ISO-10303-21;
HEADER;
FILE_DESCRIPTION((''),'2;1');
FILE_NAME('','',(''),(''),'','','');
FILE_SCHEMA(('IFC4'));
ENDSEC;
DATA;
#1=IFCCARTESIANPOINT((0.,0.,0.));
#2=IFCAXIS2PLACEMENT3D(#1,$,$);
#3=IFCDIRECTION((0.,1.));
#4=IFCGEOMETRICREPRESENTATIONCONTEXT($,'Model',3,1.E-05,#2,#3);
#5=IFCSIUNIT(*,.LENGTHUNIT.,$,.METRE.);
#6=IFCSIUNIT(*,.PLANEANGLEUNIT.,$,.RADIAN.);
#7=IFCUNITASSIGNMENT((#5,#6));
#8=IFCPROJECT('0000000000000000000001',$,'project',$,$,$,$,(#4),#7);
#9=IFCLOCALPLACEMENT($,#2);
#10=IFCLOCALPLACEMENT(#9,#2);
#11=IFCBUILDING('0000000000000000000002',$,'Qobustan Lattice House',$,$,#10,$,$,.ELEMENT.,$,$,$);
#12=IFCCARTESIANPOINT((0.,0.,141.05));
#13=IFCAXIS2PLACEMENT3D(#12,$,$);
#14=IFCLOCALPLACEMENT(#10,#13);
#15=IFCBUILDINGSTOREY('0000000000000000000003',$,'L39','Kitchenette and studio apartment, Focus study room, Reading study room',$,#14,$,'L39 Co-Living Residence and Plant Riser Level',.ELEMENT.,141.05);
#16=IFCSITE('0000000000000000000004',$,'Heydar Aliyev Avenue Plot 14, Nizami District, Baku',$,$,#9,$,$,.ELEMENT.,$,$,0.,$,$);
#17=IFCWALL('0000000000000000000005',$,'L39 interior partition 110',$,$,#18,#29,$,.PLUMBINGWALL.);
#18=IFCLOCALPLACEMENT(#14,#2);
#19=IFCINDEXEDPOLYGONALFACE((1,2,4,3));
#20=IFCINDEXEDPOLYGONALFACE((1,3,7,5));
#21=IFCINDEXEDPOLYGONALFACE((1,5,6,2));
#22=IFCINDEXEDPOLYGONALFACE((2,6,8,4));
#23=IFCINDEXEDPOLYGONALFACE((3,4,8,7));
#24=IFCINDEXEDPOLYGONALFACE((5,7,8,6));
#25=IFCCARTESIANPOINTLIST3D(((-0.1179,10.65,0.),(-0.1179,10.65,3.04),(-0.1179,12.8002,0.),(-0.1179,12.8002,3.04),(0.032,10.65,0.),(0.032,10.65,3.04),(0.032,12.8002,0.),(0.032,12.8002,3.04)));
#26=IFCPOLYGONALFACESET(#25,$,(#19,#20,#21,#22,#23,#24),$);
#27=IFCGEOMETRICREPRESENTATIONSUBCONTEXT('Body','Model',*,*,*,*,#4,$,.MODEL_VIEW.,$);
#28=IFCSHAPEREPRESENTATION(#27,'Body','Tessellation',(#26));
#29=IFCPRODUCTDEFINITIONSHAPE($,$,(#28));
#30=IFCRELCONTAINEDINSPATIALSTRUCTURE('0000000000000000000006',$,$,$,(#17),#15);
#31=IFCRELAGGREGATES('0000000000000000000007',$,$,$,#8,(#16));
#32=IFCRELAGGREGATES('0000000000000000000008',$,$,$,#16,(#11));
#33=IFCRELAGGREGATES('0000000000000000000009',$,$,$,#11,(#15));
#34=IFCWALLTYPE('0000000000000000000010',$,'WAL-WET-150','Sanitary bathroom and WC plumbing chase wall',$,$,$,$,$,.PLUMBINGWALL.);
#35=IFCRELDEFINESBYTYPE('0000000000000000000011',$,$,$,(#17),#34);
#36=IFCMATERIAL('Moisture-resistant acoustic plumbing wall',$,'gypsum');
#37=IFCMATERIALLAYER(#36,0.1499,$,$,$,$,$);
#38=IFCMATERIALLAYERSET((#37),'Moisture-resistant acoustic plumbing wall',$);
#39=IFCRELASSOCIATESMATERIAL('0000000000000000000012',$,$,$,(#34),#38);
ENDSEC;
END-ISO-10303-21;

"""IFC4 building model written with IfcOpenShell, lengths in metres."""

from ifc_helpers import new_model, si_unit, direction, frame, frame_2d, origin, place, context, subcontext, project, spatial, rectangle, extrude, material, layer, layer_set, type_object, element, save


model = new_model("IFC4")

# Units and contexts
model_context = context("Model", 3, precision=1e-05, world=origin(), true_north=direction((0.0, 1.0)))
body_context = subcontext(model_context, "Body", "Model", "MODEL_VIEW")
ifc_project = project(units=[si_unit("LENGTHUNIT", "METRE"), si_unit("PLANEANGLEUNIT", "RADIAN")], contexts=[model_context])

# Site, building, storey
site_placement = place(None, origin())
site = spatial("IfcSite", under=ifc_project, at=site_placement, Name="Heydar Aliyev Avenue Plot 14, Nizami District, Baku", CompositionType="ELEMENT", RefElevation=0.0)
building_placement = place(site_placement, origin())
building = spatial("IfcBuilding", under=site, at=building_placement, Name="Qobustan Lattice House", CompositionType="ELEMENT")
storey_placement = place(building_placement, frame((0.0, 0.0, 141.05)))
storey = spatial("IfcBuildingStorey", under=building, at=storey_placement, Name="L39", Description="Kitchenette and studio apartment, Focus study room, Reading study room", LongName="L39 Co-Living Residence and Plant Riser Level", CompositionType="ELEMENT", Elevation=141.05)

# Shared definitions
ifc_material_1 = material(Name="Moisture-resistant acoustic plumbing wall", Category="gypsum")
ifc_layer_1 = layer(ifc_material_1, 0.1499)
ifc_layer_set_1 = layer_set([ifc_layer_1], Name="Moisture-resistant acoustic plumbing wall")
wall_type_1 = type_object("IfcWallType", Name="WAL-WET-150", Description="Sanitary bathroom and WC plumbing chase wall", PredefinedType="PLUMBINGWALL", material=ifc_layer_set_1)

# Wall
wall_1_placement = place(storey_placement, frame((-0.043, 10.6499, 0.0), z_axis=(0.0, 0.0, 1.0), x_axis=(0.0, 1.0, 0.0)))
element("IfcWall", 1, at=wall_1_placement, inside=storey, type_object=wall_type_1, Name="L39 interior partition 110", PredefinedType="PLUMBINGWALL", context=body_context, shape_type="SweptSolid", body=[
    extrude(rectangle(XDim=2.1501, YDim=0.1499, at=frame_2d((1.0752, 0.0))), origin(), (0.0, 0.0, 1.0), 3.04),
])

save(model, "model.ifc")
